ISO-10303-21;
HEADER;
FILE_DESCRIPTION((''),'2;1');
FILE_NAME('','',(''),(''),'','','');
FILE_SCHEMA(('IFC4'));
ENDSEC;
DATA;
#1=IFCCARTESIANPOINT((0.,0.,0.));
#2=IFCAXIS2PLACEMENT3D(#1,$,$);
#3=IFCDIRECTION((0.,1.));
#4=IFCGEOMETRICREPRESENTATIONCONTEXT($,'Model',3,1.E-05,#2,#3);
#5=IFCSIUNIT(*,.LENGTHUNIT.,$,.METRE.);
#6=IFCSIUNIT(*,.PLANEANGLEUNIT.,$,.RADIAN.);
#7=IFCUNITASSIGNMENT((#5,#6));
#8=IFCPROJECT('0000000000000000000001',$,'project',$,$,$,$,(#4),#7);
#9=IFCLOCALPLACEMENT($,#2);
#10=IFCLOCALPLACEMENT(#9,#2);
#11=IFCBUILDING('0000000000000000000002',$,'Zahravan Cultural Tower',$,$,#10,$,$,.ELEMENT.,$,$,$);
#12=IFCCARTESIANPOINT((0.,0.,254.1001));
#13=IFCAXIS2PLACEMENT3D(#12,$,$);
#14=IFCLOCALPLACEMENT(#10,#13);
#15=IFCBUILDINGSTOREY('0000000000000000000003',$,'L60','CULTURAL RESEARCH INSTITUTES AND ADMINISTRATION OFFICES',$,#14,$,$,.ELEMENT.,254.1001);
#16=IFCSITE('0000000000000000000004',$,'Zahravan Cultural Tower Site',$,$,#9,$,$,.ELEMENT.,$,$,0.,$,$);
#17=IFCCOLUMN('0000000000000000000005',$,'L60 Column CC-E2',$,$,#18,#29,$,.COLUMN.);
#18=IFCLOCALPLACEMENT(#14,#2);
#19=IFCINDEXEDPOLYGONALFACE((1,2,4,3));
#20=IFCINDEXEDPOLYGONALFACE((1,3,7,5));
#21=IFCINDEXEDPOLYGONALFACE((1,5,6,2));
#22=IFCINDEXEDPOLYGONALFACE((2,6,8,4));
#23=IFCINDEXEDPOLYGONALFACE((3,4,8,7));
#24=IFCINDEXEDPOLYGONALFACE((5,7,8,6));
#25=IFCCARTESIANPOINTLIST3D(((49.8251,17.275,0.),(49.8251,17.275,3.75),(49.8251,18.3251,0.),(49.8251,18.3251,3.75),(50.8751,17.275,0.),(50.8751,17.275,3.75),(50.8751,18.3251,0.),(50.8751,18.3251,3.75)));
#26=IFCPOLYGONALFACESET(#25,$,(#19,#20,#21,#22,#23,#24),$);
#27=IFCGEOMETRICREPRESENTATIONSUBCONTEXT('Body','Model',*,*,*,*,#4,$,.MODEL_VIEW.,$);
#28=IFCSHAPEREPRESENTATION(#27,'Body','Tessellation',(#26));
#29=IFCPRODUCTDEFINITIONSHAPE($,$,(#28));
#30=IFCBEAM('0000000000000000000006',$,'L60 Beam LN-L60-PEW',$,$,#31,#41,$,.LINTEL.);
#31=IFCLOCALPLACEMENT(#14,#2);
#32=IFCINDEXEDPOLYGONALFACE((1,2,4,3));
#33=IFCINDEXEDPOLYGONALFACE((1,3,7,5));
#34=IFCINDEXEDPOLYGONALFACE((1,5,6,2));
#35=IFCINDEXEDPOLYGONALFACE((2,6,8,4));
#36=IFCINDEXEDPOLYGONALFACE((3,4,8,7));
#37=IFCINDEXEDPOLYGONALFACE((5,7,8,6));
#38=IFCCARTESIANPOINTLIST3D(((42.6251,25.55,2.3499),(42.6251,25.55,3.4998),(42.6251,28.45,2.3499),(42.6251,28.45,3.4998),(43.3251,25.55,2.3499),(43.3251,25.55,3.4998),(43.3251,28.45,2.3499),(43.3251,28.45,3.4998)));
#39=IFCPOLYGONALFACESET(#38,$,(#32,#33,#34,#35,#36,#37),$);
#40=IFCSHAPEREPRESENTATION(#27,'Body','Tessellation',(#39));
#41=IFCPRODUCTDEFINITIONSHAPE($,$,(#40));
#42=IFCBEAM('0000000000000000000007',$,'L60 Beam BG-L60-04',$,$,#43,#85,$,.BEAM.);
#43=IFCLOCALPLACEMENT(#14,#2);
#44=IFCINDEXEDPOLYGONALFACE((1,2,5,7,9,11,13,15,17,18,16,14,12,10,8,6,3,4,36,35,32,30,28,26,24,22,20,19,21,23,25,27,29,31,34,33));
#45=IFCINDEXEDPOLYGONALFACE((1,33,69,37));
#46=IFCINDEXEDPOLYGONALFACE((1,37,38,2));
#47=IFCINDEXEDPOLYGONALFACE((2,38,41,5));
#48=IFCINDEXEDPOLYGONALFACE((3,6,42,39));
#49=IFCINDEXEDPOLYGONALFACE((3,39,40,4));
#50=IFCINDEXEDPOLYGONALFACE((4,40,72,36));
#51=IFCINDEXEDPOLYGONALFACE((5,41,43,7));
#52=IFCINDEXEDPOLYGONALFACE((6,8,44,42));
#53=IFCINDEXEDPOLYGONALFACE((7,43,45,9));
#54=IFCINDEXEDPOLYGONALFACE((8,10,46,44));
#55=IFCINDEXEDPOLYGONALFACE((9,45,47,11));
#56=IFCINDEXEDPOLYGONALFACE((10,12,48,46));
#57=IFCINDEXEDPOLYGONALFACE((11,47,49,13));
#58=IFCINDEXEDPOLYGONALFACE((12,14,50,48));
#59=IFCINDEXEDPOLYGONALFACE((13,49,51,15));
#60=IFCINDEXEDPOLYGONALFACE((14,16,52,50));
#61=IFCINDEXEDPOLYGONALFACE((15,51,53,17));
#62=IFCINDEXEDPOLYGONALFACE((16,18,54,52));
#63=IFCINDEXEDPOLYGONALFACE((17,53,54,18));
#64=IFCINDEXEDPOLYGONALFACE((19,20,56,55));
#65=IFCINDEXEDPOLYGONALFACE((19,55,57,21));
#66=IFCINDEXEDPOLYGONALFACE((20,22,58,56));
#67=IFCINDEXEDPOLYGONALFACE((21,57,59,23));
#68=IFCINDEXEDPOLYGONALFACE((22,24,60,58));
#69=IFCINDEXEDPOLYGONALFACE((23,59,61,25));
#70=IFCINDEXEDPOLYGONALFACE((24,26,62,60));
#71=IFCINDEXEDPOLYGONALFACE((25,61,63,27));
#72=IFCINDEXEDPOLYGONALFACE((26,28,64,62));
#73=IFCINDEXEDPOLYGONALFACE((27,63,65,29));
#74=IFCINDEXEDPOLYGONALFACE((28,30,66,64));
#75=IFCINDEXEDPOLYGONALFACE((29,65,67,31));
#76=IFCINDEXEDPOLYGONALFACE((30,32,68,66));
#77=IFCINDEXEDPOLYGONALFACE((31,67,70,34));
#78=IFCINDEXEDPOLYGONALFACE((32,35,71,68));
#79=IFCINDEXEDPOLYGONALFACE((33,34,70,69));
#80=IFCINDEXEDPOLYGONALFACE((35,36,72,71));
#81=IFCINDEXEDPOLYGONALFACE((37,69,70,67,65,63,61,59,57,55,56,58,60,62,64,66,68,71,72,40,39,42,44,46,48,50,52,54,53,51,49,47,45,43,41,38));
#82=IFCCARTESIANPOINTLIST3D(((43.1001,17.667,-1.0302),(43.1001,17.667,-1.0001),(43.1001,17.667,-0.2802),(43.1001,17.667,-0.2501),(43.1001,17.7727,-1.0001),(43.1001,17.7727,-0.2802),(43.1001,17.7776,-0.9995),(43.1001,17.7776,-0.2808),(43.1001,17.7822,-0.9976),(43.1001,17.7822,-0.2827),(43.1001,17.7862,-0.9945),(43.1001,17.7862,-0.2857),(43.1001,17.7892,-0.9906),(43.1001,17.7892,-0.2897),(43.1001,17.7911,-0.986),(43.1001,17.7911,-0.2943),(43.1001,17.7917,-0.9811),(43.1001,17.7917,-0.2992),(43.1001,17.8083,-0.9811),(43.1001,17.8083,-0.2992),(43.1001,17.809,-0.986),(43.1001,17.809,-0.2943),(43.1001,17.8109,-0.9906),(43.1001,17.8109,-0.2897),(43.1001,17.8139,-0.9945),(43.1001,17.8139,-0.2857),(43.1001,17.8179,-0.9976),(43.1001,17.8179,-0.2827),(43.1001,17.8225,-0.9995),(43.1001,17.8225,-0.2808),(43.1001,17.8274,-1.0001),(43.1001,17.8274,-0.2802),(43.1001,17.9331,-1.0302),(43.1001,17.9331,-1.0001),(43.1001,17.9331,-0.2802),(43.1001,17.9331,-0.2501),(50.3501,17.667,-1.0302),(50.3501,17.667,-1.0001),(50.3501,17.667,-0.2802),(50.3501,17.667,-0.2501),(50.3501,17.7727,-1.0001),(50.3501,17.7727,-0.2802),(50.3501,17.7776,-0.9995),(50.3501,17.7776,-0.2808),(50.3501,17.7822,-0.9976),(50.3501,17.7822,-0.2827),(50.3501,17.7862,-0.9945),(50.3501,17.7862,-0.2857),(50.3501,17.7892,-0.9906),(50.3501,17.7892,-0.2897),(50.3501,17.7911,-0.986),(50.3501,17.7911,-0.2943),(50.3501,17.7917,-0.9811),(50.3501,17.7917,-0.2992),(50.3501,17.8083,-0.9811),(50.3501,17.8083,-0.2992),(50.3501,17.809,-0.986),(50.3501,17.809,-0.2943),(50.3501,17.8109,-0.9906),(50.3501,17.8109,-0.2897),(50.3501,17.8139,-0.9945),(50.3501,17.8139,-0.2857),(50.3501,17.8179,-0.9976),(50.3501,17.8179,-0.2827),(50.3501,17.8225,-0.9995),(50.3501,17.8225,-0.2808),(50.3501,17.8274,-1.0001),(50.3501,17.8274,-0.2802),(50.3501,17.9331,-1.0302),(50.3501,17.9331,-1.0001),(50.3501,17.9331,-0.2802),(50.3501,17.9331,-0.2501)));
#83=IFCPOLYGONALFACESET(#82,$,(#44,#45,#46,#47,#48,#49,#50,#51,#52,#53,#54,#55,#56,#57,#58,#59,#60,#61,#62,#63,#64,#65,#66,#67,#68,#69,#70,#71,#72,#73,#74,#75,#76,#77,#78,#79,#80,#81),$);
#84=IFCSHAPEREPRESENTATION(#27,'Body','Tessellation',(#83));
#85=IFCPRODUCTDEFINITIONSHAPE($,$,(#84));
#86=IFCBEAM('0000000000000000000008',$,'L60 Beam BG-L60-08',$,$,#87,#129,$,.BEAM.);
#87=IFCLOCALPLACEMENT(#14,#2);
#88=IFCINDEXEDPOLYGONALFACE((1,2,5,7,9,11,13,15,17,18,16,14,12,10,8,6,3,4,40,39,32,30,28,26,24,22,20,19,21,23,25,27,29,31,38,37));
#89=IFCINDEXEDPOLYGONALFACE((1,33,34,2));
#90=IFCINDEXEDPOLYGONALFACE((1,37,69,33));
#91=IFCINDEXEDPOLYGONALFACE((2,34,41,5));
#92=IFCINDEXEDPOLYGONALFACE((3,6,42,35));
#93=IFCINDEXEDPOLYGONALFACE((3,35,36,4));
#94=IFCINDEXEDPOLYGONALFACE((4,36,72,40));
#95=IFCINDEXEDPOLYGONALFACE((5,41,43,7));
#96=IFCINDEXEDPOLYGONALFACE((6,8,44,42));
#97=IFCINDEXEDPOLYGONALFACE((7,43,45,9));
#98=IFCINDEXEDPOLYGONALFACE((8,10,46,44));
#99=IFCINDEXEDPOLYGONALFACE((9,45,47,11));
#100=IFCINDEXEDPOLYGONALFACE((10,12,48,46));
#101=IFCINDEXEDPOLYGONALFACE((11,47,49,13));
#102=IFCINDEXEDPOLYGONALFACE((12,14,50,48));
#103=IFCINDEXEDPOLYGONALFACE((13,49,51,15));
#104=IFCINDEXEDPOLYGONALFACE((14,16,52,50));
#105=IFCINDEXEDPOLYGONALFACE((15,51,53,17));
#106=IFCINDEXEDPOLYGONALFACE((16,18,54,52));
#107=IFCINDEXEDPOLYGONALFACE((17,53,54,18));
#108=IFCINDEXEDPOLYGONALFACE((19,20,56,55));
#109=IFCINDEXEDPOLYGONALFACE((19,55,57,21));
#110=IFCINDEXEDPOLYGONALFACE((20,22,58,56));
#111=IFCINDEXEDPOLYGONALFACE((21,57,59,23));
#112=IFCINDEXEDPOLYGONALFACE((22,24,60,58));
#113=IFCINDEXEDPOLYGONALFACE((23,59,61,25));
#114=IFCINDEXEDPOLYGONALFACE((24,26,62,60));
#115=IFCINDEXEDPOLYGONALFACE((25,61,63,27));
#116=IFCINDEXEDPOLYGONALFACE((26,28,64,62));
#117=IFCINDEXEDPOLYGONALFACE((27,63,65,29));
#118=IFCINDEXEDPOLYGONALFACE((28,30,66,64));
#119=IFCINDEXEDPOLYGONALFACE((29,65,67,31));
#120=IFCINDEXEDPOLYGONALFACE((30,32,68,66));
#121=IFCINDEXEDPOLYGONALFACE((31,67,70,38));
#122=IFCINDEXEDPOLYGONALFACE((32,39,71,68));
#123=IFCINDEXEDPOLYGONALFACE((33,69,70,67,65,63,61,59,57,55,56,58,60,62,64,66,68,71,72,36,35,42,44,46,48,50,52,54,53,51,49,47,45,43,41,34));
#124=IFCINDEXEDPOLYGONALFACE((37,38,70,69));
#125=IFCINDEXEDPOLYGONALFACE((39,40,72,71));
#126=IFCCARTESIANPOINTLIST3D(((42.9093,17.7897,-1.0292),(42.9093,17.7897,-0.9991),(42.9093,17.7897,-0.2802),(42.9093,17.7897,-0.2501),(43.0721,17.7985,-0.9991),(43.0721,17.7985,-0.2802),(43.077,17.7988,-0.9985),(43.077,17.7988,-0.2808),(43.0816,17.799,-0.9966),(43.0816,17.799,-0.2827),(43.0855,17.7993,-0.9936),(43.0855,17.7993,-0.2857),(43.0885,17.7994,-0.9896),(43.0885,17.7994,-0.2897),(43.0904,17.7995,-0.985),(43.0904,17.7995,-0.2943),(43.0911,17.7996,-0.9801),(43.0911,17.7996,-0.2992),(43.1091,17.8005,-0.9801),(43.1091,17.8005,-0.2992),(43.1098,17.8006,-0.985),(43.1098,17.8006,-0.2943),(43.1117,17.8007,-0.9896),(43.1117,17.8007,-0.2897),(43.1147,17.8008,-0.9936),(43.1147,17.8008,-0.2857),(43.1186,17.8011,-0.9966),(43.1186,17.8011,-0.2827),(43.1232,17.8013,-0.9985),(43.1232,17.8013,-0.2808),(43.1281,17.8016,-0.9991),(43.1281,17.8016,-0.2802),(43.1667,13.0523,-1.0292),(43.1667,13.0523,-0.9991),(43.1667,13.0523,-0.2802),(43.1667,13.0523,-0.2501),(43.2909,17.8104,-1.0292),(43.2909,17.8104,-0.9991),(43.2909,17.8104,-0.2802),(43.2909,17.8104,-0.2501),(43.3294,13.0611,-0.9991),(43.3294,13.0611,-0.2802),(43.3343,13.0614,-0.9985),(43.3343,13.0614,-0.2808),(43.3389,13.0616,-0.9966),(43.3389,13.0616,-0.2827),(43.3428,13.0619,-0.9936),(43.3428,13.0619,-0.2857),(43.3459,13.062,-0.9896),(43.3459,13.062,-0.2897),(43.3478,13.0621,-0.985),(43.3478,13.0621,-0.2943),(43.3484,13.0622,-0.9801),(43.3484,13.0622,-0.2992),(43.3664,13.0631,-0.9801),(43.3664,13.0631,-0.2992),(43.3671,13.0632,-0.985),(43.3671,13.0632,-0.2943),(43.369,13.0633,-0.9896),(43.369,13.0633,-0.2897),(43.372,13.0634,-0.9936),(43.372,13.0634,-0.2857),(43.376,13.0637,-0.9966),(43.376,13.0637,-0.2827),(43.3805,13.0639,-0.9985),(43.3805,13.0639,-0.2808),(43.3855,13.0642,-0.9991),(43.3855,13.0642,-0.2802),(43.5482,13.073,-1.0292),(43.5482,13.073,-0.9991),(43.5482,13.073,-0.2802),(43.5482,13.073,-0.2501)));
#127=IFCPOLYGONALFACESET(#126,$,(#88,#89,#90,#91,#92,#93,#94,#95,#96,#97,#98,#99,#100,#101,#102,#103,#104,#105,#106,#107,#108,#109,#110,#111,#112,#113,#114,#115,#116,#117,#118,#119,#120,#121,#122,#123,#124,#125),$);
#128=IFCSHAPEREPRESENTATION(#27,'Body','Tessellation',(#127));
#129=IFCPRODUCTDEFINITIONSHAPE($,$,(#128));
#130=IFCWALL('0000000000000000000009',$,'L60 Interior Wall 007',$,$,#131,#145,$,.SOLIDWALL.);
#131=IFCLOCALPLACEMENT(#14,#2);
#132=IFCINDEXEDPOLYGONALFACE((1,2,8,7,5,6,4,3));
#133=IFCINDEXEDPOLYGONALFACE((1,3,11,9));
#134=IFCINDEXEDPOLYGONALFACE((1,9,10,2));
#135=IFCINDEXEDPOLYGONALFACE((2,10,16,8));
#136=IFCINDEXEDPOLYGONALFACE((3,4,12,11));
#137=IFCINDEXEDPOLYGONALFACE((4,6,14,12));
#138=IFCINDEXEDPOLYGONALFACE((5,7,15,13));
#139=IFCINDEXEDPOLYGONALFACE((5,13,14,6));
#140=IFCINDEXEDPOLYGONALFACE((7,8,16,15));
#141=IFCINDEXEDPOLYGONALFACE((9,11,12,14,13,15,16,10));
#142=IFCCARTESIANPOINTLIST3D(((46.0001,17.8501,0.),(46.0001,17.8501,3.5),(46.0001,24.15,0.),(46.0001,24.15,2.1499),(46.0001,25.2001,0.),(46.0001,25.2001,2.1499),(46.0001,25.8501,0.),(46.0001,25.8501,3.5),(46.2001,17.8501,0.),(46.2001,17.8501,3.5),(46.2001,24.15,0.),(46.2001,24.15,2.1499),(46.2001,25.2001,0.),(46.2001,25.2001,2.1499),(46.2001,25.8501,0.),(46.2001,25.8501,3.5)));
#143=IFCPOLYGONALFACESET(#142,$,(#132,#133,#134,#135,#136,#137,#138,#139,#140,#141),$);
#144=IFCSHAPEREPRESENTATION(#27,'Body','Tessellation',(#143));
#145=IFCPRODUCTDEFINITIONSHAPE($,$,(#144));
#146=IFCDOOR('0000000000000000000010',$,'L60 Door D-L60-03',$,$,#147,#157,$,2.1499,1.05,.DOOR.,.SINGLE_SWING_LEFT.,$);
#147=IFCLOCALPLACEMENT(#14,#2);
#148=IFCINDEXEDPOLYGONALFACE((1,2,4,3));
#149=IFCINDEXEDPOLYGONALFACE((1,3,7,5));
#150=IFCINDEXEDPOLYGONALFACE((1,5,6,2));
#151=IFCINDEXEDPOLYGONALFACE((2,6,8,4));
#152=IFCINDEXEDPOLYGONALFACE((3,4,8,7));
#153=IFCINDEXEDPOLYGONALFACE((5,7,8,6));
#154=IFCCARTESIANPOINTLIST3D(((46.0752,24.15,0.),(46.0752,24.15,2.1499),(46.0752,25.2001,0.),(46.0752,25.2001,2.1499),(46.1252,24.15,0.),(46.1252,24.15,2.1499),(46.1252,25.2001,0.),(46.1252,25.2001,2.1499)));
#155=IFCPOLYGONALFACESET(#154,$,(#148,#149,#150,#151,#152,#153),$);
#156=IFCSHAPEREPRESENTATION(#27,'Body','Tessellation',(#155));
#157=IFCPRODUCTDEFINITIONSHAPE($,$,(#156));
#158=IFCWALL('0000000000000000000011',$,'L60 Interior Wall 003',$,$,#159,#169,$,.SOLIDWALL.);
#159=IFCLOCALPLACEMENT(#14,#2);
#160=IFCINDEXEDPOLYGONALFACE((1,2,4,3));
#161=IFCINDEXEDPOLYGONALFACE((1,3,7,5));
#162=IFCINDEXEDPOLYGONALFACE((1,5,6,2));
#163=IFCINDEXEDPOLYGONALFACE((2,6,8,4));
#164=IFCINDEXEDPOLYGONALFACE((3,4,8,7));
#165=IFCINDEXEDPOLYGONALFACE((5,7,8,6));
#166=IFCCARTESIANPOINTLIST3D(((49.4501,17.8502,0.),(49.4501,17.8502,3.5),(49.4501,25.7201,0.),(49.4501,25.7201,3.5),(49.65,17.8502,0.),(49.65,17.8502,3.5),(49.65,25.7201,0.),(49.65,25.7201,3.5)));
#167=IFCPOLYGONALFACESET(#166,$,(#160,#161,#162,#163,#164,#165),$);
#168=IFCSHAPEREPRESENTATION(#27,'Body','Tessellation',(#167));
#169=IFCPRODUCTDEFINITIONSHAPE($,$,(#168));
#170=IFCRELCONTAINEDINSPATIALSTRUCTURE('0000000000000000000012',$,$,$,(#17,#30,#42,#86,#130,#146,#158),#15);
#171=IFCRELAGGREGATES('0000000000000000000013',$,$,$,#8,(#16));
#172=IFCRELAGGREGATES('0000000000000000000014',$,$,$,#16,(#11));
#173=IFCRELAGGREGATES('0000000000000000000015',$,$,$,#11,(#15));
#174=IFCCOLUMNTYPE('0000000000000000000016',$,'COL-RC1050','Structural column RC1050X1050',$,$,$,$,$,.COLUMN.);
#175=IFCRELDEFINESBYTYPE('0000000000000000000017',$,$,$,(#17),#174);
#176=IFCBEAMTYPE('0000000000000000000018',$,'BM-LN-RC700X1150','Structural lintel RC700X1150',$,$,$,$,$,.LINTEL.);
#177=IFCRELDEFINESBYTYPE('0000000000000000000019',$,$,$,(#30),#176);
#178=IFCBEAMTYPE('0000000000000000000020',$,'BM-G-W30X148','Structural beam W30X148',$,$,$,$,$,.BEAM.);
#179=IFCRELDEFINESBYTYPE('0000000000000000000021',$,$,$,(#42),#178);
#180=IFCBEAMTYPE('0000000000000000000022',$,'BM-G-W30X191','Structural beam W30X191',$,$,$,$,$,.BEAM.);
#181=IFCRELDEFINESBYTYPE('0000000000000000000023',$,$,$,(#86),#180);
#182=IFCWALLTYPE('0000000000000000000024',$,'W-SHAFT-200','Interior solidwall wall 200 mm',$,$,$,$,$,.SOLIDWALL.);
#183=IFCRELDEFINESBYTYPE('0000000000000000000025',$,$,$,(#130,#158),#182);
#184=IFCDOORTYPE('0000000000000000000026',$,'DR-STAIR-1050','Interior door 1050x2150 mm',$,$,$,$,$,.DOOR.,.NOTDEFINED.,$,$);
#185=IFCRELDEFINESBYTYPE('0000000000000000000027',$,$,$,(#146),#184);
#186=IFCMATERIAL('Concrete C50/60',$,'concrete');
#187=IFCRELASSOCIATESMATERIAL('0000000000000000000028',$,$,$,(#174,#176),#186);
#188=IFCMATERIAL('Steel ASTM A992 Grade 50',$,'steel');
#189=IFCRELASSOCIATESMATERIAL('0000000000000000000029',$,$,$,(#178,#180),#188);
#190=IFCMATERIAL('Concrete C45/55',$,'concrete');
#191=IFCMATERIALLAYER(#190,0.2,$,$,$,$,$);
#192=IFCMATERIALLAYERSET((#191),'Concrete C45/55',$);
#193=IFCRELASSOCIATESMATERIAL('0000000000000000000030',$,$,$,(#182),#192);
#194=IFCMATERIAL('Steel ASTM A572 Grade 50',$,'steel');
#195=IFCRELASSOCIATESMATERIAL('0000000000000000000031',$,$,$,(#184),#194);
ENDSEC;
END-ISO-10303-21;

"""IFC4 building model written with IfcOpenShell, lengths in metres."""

from ifc_helpers import new_model, si_unit, direction, frame, frame_2d, origin, origin_2d, place, context, subcontext, project, spatial, rectangle, i_section, extrude, source, transform, mapped, material, layer, layer_set, material_profile, profile_set, type_object, element, fill, save


model = new_model("IFC4")

# Units and contexts
model_context = context("Model", 3, precision=1e-05, world=origin(), true_north=direction((0.0, 1.0)))
body_context = subcontext(model_context, "Body", "Model", "MODEL_VIEW")
ifc_project = project(units=[si_unit("LENGTHUNIT", "METRE"), si_unit("PLANEANGLEUNIT", "RADIAN")], contexts=[model_context])

# Site, building, storey
site_placement = place(None, origin())
site = spatial("IfcSite", under=ifc_project, at=site_placement, Name="Zahravan Cultural Tower Site", CompositionType="ELEMENT", RefElevation=0.0)
building_placement = place(site_placement, origin())
building = spatial("IfcBuilding", under=site, at=building_placement, Name="Zahravan Cultural Tower", CompositionType="ELEMENT")
storey_placement = place(building_placement, frame((0.0, 0.0, 254.1001)))
storey = spatial("IfcBuildingStorey", under=building, at=storey_placement, Name="L60", Description="CULTURAL RESEARCH INSTITUTES AND ADMINISTRATION OFFICES", CompositionType="ELEMENT", Elevation=254.1001)

# Column
ifc_material_1 = material(Name="Concrete C50/60", Category="concrete")
ifc_material_profile_1 = material_profile(ifc_material_1, rectangle(XDim=1.05, YDim=1.05, at=origin_2d()), Name="RC1050X1050")
ifc_profile_set_1 = profile_set([ifc_material_profile_1], Name="Concrete C50/60")
column_type = type_object("IfcColumnType", Name="COL-RC1050", Description="Structural column RC1050X1050", PredefinedType="COLUMN", material=ifc_profile_set_1)
shared_shape_1 = source(origin(), body_context, "Body", "SweptSolid", [
    extrude(rectangle(XDim=1.05, YDim=1.05, at=origin_2d()), origin(), (0.0, 0.0, 1.0), 3.75),
])
column_placement = place(storey_placement, frame((50.3501, 17.8, 0.0), z_axis=(0.0, 0.0, 1.0), x_axis=(1.0, 0.0, 0.0)))
element("IfcColumn", 1, at=column_placement, inside=storey, type_object=column_type, Name="L60 Column CC-E2", PredefinedType="COLUMN", context=body_context, shape_type="MappedRepresentation", body=[
    mapped(shared_shape_1, transform((0.0, 0.0, 0.0), x_axis=(1.0, 0.0, 0.0), y_axis=(0.0, 1.0, 0.0), z_axis=(0.0, 0.0, 1.0), scale=1.0)),
])

# Beams
ifc_material_profile_2 = material_profile(ifc_material_1, rectangle(XDim=0.7, YDim=1.1499, at=origin_2d()), Name="RC700X1150")
ifc_profile_set_2 = profile_set([ifc_material_profile_2], Name="Concrete C50/60")
beam_type_1 = type_object("IfcBeamType", Name="BM-LN-RC700X1150", Description="Structural lintel RC700X1150", PredefinedType="LINTEL", material=ifc_profile_set_2)
shared_shape_2 = source(origin(), body_context, "Body", "SweptSolid", [
    extrude(rectangle(XDim=0.7, YDim=1.1499, at=origin_2d()), origin(), (0.0, 0.0, 1.0), 2.8999),
])
beam_1_placement = place(storey_placement, frame((42.9751, 25.55, 2.9248), z_axis=(0.0, 1.0, 0.0), x_axis=(-1.0, 0.0, 0.0)))
element("IfcBeam", 2, at=beam_1_placement, inside=storey, type_object=beam_type_1, Name="L60 Beam LN-L60-PEW", PredefinedType="LINTEL", context=body_context, shape_type="MappedRepresentation", body=[
    mapped(shared_shape_2, transform((0.0, 0.0, 0.0), x_axis=(1.0, 0.0, 0.0), y_axis=(0.0, 1.0, 0.0), z_axis=(0.0, 0.0, 1.0), scale=1.0)),
])
ifc_material_2 = material(Name="Steel ASTM A992 Grade 50", Category="steel")
ifc_material_profile_3 = material_profile(ifc_material_2, i_section(OverallWidth=0.2661, OverallDepth=0.78, WebThickness=0.0166, FlangeThickness=0.03, FilletRadius=0.019, at=origin_2d()), Name="W30X148")
ifc_profile_set_3 = profile_set([ifc_material_profile_3], Name="Steel ASTM A992 Grade 50")
beam_type_2 = type_object("IfcBeamType", Name="BM-G-W30X148", Description="Structural beam W30X148", PredefinedType="BEAM", material=ifc_profile_set_3)
shared_shape_3 = source(origin(), body_context, "Body", "SweptSolid", [
    extrude(i_section(OverallWidth=0.2661, OverallDepth=0.78, WebThickness=0.0166, FlangeThickness=0.03, FilletRadius=0.019, at=origin_2d()), origin(), (0.0, 0.0, 1.0), 7.25),
])
beam_2_placement = place(storey_placement, frame((43.1001, 17.8, -0.6401), z_axis=(1.0, 0.0, 0.0), x_axis=(0.0, 1.0, 0.0)))
element("IfcBeam", 3, at=beam_2_placement, inside=storey, type_object=beam_type_2, Name="L60 Beam BG-L60-04", PredefinedType="BEAM", context=body_context, shape_type="MappedRepresentation", body=[
    mapped(shared_shape_3, transform((0.0, 0.0, 0.0), x_axis=(1.0, 0.0, 0.0), y_axis=(0.0, 1.0, 0.0), z_axis=(0.0, 0.0, 1.0), scale=1.0)),
])
ifc_material_profile_4 = material_profile(ifc_material_2, i_section(OverallWidth=0.3821, OverallDepth=0.7791, WebThickness=0.0181, FlangeThickness=0.03, FilletRadius=0.019, at=origin_2d()), Name="W30X191")
ifc_profile_set_4 = profile_set([ifc_material_profile_4], Name="Steel ASTM A992 Grade 50")
beam_type_3 = type_object("IfcBeamType", Name="BM-G-W30X191", Description="Structural beam W30X191", PredefinedType="BEAM", material=ifc_profile_set_4)
shared_shape_4 = source(origin(), body_context, "Body", "SweptSolid", [
    extrude(i_section(OverallWidth=0.3821, OverallDepth=0.7791, WebThickness=0.0181, FlangeThickness=0.03, FilletRadius=0.019, at=origin_2d()), origin(), (0.0, 0.0, 1.0), 4.7444),
])
beam_3_placement = place(storey_placement, frame((43.1001, 17.8, -0.6396), z_axis=(0.054239, -0.998528, 0.0), x_axis=(0.998528, 0.054239, 0.0)))
element("IfcBeam", 4, at=beam_3_placement, inside=storey, type_object=beam_type_3, Name="L60 Beam BG-L60-08", PredefinedType="BEAM", context=body_context, shape_type="MappedRepresentation", body=[
    mapped(shared_shape_4, transform((0.0, 0.0, 0.0), x_axis=(1.0, 0.0, 0.0), y_axis=(0.0, 1.0, 0.0), z_axis=(0.0, 0.0, 1.0), scale=1.0)),
])

# Wall, opening, door
ifc_material_3 = material(Name="Concrete C45/55", Category="concrete")
ifc_layer_1 = layer(ifc_material_3, 0.2)
ifc_layer_set_1 = layer_set([ifc_layer_1], Name="Concrete C45/55")
wall_type_1 = type_object("IfcWallType", Name="W-SHAFT-200", Description="Interior solidwall wall 200 mm", PredefinedType="SOLIDWALL", material=ifc_layer_set_1)
wall_1_placement = place(storey_placement, frame((46.1001, 17.8501, 0.0), z_axis=(0.0, 0.0, 1.0), x_axis=(0.0, 1.0, 0.0)))
wall_1 = element("IfcWall", 5, at=wall_1_placement, inside=storey, type_object=wall_type_1, Name="L60 Interior Wall 007", PredefinedType="SOLIDWALL", context=body_context, shape_type="SweptSolid", body=[
    extrude(rectangle(XDim=8.0, YDim=0.2, at=frame_2d((4.0, 0.0))), origin(), (0.0, 0.0, 1.0), 3.5),
])
opening_placement = place(wall_1_placement, frame((6.3, 0.0, 0.0)))
opening = element("IfcOpeningElement", 6, at=opening_placement, cuts=wall_1, PredefinedType="OPENING", context=body_context, shape_type="SweptSolid", body=[
    extrude(rectangle(XDim=1.05, YDim=2.1499, at=frame_2d((0.5249, 1.075))), frame((0.0, 0.1099, 0.0), z_axis=(0.0, -1.0, 0.0), x_axis=(1.0, 0.0, 0.0)), (0.0, 0.0, 1.0), 0.22),
])
ifc_material_4 = material(Name="Steel ASTM A572 Grade 50", Category="steel")
door_type = type_object("IfcDoorType", Name="DR-STAIR-1050", Description="Interior door 1050x2150 mm", OperationType="NOTDEFINED", PredefinedType="DOOR", material=ifc_material_4)
shared_shape_5 = source(origin(), body_context, "Body", "SweptSolid", [
    extrude(rectangle(XDim=1.05, YDim=2.1499, at=frame_2d((0.5249, 1.075))), frame((0.0, 0.0249, 0.0), z_axis=(0.0, -1.0, 0.0), x_axis=(1.0, 0.0, 0.0)), (0.0, 0.0, 1.0), 0.05),
])
door_placement = place(opening_placement, origin())
door = element("IfcDoor", 7, at=door_placement, inside=storey, type_object=door_type, Name="L60 Door D-L60-03", OperationType="SINGLE_SWING_LEFT", OverallHeight=2.1499, OverallWidth=1.05, PredefinedType="DOOR", context=body_context, shape_type="MappedRepresentation", body=[
    mapped(shared_shape_5, transform((0.0, 0.0, 0.0), x_axis=(1.0, 0.0, 0.0), y_axis=(0.0, 1.0, 0.0), z_axis=(0.0, 0.0, 1.0), scale=1.0)),
])
fill(opening, door)

# Wall
shared_shape_6 = source(origin(), body_context, "Body", "SweptSolid", [
    extrude(rectangle(XDim=7.8699, YDim=0.2, at=frame_2d((3.9351, 0.0))), origin(), (0.0, 0.0, 1.0), 3.5),
])
wall_2_placement = place(storey_placement, frame((49.55, 17.8501, 0.0), z_axis=(0.0, 0.0, 1.0), x_axis=(0.0, 1.0, 0.0)))
element("IfcWall", 8, at=wall_2_placement, inside=storey, type_object=wall_type_1, Name="L60 Interior Wall 003", PredefinedType="SOLIDWALL", context=body_context, shape_type="MappedRepresentation", body=[
    mapped(shared_shape_6, transform((0.0, 0.0, 0.0), x_axis=(1.0, 0.0, 0.0), y_axis=(0.0, 1.0, 0.0), z_axis=(0.0, 0.0, 1.0), scale=1.0)),
])

save(model, "model.ifc")
